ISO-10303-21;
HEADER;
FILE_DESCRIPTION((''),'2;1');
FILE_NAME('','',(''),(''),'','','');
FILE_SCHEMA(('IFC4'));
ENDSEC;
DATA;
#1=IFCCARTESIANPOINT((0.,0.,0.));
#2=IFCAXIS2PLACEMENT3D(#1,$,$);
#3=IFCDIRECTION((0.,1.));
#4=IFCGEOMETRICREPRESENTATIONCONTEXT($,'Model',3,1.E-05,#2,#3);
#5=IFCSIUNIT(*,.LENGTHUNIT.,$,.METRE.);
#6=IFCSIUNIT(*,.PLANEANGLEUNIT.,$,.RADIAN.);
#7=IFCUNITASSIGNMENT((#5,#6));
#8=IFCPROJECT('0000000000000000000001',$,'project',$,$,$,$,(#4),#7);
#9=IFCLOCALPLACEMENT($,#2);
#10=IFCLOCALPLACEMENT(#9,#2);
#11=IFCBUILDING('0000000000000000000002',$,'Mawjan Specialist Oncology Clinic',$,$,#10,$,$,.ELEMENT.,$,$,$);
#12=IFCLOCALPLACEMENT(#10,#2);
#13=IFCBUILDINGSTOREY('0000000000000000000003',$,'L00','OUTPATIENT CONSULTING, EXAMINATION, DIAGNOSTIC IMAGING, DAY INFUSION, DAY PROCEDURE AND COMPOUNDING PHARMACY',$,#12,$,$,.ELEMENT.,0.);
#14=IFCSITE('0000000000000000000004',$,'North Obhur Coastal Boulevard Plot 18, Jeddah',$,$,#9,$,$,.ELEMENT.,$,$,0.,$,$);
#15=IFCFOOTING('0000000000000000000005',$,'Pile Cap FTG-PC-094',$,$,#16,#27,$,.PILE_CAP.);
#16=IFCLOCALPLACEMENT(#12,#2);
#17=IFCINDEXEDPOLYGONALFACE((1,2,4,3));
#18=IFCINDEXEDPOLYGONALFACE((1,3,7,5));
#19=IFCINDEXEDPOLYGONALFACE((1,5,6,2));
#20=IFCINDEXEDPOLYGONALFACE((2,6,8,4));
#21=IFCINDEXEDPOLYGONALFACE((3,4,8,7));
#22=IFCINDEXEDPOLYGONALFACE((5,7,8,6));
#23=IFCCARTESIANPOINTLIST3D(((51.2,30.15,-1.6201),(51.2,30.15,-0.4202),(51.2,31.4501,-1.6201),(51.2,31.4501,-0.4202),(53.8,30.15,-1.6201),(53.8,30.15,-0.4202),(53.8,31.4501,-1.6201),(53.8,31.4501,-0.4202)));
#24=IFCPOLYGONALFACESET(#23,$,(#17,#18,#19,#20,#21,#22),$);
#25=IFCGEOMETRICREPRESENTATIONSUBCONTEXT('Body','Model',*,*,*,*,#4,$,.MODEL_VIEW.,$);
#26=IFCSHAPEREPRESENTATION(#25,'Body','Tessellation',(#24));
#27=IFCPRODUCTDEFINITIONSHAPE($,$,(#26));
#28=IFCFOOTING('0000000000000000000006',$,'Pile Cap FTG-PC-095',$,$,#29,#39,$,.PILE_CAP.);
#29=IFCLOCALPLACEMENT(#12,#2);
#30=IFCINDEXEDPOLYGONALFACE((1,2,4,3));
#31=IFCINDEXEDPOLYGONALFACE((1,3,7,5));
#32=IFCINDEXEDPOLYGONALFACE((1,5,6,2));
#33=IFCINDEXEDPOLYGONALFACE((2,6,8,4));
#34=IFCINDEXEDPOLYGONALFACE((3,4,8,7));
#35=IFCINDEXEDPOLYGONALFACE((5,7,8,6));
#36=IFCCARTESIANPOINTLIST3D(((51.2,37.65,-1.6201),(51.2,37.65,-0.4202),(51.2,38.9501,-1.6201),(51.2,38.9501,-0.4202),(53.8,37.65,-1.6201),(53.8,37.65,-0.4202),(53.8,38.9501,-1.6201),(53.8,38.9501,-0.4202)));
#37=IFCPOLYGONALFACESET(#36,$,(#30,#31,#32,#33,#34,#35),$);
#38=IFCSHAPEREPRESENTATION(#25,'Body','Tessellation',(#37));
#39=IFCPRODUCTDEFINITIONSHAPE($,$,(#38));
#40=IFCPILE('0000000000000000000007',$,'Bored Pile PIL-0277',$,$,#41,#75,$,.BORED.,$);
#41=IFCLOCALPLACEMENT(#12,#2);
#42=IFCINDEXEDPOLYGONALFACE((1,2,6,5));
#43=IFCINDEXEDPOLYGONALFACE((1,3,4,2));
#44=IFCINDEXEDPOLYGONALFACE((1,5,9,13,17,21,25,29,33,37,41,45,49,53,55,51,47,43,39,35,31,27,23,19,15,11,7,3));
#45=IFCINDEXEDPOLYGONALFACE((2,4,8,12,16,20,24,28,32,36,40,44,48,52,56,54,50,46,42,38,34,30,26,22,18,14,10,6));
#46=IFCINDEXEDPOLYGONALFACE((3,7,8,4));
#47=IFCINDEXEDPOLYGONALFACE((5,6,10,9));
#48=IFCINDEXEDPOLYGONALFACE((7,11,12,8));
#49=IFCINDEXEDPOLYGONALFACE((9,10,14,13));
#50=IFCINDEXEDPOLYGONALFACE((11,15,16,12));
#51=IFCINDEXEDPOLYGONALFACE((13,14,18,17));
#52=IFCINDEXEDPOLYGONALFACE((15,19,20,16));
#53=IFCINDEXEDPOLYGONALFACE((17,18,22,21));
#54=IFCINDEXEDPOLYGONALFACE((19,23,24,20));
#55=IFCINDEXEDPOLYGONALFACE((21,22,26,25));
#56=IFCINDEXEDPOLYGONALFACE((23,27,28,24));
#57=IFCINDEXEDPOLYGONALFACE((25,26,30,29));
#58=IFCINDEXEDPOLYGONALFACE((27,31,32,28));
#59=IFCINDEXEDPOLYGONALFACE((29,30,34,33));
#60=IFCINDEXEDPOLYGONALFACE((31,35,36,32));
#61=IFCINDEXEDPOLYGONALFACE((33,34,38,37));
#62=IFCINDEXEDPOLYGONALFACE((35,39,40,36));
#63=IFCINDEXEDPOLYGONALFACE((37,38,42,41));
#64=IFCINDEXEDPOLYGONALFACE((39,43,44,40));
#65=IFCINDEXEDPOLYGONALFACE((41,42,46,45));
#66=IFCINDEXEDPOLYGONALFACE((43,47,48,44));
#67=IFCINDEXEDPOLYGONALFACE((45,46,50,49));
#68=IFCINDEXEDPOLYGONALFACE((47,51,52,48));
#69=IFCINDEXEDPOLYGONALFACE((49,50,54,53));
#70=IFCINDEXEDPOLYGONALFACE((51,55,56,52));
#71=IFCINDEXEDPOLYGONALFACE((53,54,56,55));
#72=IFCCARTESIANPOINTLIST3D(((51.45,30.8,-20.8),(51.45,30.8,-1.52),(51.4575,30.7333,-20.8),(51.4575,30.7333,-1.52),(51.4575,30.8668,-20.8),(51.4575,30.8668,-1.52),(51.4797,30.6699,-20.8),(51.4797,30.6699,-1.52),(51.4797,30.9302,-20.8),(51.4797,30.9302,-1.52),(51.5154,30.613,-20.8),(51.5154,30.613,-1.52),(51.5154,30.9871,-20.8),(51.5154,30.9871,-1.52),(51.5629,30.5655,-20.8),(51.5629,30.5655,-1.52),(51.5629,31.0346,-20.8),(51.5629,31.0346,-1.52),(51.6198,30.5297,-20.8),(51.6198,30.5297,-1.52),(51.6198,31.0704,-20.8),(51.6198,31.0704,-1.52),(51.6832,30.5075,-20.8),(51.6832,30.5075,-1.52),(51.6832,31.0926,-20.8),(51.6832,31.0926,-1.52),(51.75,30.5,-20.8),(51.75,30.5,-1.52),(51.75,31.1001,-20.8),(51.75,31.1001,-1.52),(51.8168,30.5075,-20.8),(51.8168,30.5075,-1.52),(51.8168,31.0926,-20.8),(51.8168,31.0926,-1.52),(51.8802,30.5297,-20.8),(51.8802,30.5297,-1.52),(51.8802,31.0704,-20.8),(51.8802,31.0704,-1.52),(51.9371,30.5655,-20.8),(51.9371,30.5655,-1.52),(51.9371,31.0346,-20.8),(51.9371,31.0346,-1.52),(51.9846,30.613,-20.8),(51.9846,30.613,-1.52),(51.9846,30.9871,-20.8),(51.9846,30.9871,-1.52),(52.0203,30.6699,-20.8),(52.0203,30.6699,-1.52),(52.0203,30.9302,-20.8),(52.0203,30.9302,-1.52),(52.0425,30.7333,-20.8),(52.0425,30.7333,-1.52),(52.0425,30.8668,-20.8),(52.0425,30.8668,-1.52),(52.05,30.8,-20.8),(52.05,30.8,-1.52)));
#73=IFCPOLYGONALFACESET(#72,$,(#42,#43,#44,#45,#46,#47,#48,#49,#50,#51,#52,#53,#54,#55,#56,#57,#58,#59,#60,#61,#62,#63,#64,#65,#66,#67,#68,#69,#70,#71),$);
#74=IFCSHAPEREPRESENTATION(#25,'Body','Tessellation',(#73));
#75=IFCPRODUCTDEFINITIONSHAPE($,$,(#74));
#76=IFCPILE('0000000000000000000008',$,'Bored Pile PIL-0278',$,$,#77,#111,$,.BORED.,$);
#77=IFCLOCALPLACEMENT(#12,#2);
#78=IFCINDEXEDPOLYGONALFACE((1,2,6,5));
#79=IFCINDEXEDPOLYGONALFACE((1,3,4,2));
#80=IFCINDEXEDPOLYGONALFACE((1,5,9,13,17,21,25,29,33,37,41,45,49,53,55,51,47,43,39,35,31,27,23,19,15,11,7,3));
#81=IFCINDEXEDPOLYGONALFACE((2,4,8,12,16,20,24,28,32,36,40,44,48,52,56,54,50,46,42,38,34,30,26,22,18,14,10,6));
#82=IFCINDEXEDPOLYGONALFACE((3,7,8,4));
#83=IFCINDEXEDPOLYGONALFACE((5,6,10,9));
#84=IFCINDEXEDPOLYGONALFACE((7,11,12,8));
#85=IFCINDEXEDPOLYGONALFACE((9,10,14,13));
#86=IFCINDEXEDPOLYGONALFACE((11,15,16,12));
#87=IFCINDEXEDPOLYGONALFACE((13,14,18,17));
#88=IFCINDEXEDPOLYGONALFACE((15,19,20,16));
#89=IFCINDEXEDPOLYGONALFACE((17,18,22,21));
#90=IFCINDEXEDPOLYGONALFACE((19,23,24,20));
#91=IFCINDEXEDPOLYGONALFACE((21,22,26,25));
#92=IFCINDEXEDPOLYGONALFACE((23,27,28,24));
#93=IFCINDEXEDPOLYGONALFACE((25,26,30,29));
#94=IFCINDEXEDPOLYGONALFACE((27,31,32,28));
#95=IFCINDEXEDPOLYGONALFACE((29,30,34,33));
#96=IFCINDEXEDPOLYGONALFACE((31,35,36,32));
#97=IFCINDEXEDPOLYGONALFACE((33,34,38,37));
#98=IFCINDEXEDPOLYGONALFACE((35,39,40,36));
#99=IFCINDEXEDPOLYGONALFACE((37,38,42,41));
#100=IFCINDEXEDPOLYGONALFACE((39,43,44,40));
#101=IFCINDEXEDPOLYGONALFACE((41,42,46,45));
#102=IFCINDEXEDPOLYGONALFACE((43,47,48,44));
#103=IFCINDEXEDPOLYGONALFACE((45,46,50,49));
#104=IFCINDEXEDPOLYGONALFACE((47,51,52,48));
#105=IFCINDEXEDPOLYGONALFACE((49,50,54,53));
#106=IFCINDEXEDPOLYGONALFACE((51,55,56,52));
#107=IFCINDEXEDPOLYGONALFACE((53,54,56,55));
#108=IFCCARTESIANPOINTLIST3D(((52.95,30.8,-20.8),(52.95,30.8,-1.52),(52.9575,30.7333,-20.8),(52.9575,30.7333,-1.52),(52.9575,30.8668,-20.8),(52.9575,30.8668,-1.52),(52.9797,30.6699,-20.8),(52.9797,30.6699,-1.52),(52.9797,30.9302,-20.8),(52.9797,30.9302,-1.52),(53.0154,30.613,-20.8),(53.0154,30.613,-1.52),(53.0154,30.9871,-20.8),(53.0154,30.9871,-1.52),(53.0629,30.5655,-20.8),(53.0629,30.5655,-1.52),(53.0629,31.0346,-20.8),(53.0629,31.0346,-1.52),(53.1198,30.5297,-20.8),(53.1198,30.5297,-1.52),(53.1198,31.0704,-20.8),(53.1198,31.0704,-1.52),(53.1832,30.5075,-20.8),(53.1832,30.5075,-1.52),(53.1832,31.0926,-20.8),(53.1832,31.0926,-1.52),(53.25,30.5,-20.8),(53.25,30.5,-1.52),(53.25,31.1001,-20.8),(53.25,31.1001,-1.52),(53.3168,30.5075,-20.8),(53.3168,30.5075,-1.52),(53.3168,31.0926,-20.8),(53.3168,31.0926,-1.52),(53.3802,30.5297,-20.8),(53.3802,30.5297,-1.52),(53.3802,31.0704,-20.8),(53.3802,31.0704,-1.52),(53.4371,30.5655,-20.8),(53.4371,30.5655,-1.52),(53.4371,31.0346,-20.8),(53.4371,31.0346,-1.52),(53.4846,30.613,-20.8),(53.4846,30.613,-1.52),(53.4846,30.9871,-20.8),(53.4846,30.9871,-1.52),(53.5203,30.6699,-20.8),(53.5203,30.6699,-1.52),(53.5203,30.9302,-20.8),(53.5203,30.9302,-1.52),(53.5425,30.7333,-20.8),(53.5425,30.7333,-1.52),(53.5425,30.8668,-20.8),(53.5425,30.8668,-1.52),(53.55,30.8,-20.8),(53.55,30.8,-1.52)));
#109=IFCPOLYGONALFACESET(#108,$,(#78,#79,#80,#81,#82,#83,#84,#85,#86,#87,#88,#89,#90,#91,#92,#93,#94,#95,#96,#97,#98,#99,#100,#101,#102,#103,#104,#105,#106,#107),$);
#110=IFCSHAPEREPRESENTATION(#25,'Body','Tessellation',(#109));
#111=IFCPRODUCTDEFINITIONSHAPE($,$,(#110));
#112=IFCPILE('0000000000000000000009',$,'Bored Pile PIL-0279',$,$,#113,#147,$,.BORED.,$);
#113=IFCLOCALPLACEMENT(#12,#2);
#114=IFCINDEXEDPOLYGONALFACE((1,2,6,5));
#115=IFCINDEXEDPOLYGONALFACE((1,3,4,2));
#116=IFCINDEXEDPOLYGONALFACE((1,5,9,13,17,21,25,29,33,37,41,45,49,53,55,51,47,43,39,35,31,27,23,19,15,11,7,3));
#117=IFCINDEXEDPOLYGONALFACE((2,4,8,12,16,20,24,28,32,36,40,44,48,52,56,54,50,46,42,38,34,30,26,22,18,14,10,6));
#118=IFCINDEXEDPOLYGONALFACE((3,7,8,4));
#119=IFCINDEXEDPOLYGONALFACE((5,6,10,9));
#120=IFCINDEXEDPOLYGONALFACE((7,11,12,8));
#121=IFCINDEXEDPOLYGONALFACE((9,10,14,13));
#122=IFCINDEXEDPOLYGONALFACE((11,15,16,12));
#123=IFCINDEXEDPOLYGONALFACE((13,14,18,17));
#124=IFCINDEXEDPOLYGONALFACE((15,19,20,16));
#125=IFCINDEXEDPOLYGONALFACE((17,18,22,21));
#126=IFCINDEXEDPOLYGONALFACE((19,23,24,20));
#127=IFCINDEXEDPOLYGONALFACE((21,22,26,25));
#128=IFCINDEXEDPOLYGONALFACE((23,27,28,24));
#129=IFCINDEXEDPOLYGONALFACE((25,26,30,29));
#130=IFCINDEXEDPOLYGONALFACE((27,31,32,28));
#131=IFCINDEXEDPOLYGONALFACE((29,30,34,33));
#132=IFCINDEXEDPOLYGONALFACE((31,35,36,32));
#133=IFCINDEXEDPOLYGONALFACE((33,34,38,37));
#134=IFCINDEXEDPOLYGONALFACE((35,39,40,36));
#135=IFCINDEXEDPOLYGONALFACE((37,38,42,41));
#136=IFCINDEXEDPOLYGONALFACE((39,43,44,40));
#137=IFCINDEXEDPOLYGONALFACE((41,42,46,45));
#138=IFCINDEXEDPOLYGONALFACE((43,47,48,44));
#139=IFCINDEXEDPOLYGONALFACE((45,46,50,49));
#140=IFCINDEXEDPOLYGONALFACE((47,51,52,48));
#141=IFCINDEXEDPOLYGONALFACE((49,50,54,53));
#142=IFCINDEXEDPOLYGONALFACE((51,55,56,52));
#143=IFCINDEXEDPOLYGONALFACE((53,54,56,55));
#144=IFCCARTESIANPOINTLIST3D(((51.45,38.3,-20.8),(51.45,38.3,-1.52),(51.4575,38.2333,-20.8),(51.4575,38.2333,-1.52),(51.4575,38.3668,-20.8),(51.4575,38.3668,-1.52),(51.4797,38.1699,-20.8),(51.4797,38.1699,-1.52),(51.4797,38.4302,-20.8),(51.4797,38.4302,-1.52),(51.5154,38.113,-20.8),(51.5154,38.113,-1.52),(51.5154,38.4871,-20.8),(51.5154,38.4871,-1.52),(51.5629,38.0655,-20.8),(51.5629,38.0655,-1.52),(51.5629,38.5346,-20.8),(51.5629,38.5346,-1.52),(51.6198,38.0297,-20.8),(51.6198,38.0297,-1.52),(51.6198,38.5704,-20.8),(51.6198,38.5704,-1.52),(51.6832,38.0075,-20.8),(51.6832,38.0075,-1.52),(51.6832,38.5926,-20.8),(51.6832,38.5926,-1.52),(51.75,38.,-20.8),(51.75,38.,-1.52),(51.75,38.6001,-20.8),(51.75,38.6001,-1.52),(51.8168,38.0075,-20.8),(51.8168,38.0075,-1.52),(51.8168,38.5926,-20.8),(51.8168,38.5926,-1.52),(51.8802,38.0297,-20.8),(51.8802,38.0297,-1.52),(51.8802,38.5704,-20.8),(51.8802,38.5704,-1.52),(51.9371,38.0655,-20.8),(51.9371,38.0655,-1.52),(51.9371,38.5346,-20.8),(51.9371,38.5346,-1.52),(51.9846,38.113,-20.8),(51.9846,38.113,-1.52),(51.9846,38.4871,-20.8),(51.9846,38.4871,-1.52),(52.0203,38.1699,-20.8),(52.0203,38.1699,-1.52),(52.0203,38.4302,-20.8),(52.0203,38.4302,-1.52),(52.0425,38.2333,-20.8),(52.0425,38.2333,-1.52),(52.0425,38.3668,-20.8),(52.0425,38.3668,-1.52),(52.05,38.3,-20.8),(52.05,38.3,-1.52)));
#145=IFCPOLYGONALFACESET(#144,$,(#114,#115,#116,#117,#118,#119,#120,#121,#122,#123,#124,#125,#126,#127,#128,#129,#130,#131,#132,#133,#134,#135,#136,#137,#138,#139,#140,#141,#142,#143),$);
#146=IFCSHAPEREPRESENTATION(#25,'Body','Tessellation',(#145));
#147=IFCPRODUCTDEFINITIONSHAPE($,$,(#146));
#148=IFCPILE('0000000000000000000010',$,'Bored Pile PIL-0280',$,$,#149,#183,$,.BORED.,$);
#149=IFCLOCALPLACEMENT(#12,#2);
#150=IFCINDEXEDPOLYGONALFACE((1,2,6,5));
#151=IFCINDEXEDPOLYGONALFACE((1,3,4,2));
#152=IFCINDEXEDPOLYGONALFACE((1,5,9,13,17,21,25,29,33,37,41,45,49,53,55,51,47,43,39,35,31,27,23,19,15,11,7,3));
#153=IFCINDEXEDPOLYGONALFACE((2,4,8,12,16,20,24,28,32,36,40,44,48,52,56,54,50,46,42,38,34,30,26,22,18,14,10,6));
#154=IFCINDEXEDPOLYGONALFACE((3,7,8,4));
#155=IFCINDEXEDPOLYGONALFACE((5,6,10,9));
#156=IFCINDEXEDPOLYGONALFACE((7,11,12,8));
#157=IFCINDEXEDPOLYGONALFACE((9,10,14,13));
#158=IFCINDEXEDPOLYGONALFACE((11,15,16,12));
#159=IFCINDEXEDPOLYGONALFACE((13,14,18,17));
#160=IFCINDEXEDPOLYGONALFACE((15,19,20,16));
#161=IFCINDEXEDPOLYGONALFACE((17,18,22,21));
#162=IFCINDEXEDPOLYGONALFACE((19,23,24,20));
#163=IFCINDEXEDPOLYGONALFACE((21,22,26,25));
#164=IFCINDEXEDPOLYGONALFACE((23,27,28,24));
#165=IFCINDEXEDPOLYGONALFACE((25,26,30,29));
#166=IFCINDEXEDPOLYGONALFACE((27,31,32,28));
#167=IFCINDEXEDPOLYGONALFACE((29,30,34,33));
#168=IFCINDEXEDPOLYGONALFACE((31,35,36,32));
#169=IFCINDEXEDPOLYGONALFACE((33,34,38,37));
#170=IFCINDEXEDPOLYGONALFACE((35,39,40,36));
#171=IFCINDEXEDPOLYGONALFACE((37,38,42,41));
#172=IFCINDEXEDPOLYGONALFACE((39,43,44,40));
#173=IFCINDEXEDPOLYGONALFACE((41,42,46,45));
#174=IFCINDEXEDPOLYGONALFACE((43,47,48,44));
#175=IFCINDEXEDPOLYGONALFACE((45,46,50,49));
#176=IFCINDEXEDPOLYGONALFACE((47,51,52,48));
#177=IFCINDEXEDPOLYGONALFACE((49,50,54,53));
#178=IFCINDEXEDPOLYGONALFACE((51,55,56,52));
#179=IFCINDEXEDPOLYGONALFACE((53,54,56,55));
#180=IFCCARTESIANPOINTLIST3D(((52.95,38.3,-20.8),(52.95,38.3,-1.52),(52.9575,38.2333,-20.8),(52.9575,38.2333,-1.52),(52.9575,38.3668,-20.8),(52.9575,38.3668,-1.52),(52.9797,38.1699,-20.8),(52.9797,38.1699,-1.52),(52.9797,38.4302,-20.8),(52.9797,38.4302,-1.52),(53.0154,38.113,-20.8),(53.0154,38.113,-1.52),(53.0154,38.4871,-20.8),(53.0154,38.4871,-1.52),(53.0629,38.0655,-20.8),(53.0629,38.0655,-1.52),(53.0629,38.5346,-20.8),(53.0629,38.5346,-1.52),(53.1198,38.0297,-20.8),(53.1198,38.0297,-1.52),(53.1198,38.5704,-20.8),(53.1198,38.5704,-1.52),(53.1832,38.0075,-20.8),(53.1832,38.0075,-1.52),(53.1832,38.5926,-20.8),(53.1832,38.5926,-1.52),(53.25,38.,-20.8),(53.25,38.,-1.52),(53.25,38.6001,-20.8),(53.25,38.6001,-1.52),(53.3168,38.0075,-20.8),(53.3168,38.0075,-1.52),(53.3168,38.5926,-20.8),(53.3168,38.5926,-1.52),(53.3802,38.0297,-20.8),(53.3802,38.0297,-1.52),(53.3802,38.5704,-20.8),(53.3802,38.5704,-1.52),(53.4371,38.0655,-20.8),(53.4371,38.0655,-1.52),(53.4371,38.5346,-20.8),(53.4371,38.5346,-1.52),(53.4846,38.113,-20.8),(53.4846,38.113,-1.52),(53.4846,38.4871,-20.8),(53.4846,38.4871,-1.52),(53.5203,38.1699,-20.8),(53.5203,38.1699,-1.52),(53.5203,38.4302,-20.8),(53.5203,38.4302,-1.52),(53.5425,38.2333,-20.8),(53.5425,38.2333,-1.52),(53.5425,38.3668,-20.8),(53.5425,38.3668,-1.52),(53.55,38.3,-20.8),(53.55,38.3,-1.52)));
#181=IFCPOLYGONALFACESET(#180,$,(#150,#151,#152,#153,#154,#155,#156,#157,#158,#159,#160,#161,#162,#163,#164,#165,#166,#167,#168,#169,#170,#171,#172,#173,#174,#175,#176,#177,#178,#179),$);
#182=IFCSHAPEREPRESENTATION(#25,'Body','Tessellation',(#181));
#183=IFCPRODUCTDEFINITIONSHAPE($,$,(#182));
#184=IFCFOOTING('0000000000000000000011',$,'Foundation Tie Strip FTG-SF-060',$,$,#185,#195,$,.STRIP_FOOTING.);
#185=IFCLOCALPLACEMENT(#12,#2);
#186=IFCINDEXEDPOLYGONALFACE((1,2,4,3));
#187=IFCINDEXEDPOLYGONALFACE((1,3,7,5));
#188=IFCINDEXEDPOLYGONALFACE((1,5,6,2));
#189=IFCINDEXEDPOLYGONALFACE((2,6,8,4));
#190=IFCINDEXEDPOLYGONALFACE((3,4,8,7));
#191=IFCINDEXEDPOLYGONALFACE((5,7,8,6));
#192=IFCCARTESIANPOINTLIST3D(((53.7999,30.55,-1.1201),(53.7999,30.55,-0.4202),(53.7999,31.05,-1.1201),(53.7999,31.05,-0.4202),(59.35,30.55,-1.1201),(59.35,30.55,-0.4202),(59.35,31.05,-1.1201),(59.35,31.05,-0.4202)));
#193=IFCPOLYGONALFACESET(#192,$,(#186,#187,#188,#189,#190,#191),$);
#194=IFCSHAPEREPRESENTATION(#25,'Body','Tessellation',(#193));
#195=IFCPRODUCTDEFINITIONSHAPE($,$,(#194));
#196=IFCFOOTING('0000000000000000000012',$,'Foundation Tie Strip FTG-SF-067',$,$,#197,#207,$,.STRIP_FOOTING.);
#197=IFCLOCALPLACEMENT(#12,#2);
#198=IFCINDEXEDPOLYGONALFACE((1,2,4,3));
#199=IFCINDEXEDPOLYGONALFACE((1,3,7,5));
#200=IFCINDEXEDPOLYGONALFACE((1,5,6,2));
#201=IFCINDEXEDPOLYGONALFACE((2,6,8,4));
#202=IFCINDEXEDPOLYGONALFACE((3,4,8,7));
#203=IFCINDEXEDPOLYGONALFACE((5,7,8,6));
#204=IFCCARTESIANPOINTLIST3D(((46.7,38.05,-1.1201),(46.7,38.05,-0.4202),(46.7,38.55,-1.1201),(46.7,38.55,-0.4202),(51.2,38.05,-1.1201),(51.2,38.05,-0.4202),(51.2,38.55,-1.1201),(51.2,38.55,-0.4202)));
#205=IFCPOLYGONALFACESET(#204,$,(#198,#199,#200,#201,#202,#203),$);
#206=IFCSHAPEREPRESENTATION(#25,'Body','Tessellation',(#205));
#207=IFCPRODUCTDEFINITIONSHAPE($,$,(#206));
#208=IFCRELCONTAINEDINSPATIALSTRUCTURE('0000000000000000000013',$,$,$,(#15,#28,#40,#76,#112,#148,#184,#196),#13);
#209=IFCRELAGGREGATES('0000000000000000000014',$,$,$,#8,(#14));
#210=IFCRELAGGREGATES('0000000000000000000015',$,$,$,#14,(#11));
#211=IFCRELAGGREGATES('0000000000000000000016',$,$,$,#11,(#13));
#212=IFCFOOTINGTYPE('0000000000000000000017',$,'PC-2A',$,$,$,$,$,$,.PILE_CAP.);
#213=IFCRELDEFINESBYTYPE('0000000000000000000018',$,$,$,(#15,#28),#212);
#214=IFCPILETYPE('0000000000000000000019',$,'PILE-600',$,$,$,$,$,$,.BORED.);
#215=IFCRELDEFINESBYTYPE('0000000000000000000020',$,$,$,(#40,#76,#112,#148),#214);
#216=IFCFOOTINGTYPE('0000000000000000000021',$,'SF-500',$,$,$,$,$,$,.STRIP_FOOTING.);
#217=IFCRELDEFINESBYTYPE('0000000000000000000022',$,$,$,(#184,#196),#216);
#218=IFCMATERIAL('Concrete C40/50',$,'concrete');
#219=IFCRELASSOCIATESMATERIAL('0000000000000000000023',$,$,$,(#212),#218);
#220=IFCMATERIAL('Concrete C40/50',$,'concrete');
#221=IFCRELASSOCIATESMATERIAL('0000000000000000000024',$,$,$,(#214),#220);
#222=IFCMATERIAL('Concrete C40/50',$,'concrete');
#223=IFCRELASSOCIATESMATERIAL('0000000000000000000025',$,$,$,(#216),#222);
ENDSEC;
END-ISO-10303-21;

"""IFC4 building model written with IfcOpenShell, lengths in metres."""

from ifc_helpers import new_model, si_unit, direction, frame, origin, origin_2d, place, context, subcontext, project, spatial, rectangle, circle, extrude, material, material_profile, profile_set, type_object, element, save


model = new_model("IFC4")

# Units and contexts
model_context = context("Model", 3, precision=1e-05, world=origin(), true_north=direction((0.0, 1.0)))
body_context = subcontext(model_context, "Body", "Model", "MODEL_VIEW")
ifc_project = project(units=[si_unit("LENGTHUNIT", "METRE"), si_unit("PLANEANGLEUNIT", "RADIAN")], contexts=[model_context])

# Site, building, storey
site_placement = place(None, origin())
site = spatial("IfcSite", under=ifc_project, at=site_placement, Name="North Obhur Coastal Boulevard Plot 18, Jeddah", CompositionType="ELEMENT", RefElevation=0.0)
building_placement = place(site_placement, origin())
building = spatial("IfcBuilding", under=site, at=building_placement, Name="Mawjan Specialist Oncology Clinic", CompositionType="ELEMENT")
storey_placement = place(building_placement, origin())
storey = spatial("IfcBuildingStorey", under=building, at=storey_placement, Name="L00", Description="OUTPATIENT CONSULTING, EXAMINATION, DIAGNOSTIC IMAGING, DAY INFUSION, DAY PROCEDURE AND COMPOUNDING PHARMACY", CompositionType="ELEMENT", Elevation=0.0)

# Footings
ifc_material_1 = material(Name="Concrete C40/50", Category="concrete")
footing_type_1 = type_object("IfcFootingType", Name="PC-2A", PredefinedType="PILE_CAP", material=ifc_material_1)
for number, where, z_axis, x_axis, name in (
    (1, (52.5, 30.8, -1.6201), (0.0, 0.0, 1.0), (1.0, 0.0, 0.0), "Pile Cap FTG-PC-094"),
    (2, (52.5, 38.3, -1.6201), (0.0, 0.0, 1.0), (1.0, 0.0, 0.0), "Pile Cap FTG-PC-095"),
):
    element("IfcFooting", number, at=place(storey_placement, frame(where, z_axis=z_axis, x_axis=x_axis)), inside=storey, type_object=footing_type_1, Name=name, PredefinedType="PILE_CAP", context=body_context, shape_type="SweptSolid", body=[
        extrude(rectangle(XDim=2.6001, YDim=1.3, at=origin_2d()), origin(), (0.0, 0.0, 1.0), 1.2),
    ])

# Piles
ifc_material_2 = material(Name="Concrete C40/50", Category="concrete")
ifc_material_profile_1 = material_profile(ifc_material_2, circle(Radius=0.3, at=origin_2d()), Name="BORED PILE D600", Category="concrete")
ifc_profile_set_1 = profile_set([ifc_material_profile_1], Name="Concrete C40/50")
pile_type = type_object("IfcPileType", Name="PILE-600", PredefinedType="BORED", material=ifc_profile_set_1)
for number, where, z_axis, x_axis, name in (
    (3, (51.75, 30.8, -1.52), (0.0, 0.0, -1.0), (1.0, 0.0, 0.0), "Bored Pile PIL-0277"),
    (4, (53.25, 30.8, -1.52), (0.0, 0.0, -1.0), (1.0, 0.0, 0.0), "Bored Pile PIL-0278"),
    (5, (51.75, 38.3, -1.52), (0.0, 0.0, -1.0), (1.0, 0.0, 0.0), "Bored Pile PIL-0279"),
    (6, (53.25, 38.3, -1.52), (0.0, 0.0, -1.0), (1.0, 0.0, 0.0), "Bored Pile PIL-0280"),
):
    element("IfcPile", number, at=place(storey_placement, frame(where, z_axis=z_axis, x_axis=x_axis)), inside=storey, type_object=pile_type, Name=name, PredefinedType="BORED", context=body_context, shape_type="SweptSolid", body=[
        extrude(circle(Radius=0.3, at=origin_2d()), origin(), (0.0, 0.0, 1.0), 19.28),
    ])

# Footings
ifc_material_3 = material(Name="Concrete C40/50", Category="concrete")
footing_type_2 = type_object("IfcFootingType", Name="SF-500", PredefinedType="STRIP_FOOTING", material=ifc_material_3)
footing_1_placement = place(storey_placement, frame((56.575, 30.8, -1.1201), z_axis=(0.0, 0.0, 1.0), x_axis=(1.0, 0.0, 0.0)))
element("IfcFooting", 7, at=footing_1_placement, inside=storey, type_object=footing_type_2, Name="Foundation Tie Strip FTG-SF-060", PredefinedType="STRIP_FOOTING", context=body_context, shape_type="SweptSolid", body=[
    extrude(rectangle(XDim=5.55, YDim=0.5, at=origin_2d()), origin(), (0.0, 0.0, 1.0), 0.7),
])
footing_2_placement = place(storey_placement, frame((48.95, 38.3, -1.1201), z_axis=(0.0, 0.0, 1.0), x_axis=(1.0, 0.0, 0.0)))
element("IfcFooting", 8, at=footing_2_placement, inside=storey, type_object=footing_type_2, Name="Foundation Tie Strip FTG-SF-067", PredefinedType="STRIP_FOOTING", context=body_context, shape_type="SweptSolid", body=[
    extrude(rectangle(XDim=4.5, YDim=0.5, at=origin_2d()), origin(), (0.0, 0.0, 1.0), 0.7),
])

save(model, "model.ifc")
